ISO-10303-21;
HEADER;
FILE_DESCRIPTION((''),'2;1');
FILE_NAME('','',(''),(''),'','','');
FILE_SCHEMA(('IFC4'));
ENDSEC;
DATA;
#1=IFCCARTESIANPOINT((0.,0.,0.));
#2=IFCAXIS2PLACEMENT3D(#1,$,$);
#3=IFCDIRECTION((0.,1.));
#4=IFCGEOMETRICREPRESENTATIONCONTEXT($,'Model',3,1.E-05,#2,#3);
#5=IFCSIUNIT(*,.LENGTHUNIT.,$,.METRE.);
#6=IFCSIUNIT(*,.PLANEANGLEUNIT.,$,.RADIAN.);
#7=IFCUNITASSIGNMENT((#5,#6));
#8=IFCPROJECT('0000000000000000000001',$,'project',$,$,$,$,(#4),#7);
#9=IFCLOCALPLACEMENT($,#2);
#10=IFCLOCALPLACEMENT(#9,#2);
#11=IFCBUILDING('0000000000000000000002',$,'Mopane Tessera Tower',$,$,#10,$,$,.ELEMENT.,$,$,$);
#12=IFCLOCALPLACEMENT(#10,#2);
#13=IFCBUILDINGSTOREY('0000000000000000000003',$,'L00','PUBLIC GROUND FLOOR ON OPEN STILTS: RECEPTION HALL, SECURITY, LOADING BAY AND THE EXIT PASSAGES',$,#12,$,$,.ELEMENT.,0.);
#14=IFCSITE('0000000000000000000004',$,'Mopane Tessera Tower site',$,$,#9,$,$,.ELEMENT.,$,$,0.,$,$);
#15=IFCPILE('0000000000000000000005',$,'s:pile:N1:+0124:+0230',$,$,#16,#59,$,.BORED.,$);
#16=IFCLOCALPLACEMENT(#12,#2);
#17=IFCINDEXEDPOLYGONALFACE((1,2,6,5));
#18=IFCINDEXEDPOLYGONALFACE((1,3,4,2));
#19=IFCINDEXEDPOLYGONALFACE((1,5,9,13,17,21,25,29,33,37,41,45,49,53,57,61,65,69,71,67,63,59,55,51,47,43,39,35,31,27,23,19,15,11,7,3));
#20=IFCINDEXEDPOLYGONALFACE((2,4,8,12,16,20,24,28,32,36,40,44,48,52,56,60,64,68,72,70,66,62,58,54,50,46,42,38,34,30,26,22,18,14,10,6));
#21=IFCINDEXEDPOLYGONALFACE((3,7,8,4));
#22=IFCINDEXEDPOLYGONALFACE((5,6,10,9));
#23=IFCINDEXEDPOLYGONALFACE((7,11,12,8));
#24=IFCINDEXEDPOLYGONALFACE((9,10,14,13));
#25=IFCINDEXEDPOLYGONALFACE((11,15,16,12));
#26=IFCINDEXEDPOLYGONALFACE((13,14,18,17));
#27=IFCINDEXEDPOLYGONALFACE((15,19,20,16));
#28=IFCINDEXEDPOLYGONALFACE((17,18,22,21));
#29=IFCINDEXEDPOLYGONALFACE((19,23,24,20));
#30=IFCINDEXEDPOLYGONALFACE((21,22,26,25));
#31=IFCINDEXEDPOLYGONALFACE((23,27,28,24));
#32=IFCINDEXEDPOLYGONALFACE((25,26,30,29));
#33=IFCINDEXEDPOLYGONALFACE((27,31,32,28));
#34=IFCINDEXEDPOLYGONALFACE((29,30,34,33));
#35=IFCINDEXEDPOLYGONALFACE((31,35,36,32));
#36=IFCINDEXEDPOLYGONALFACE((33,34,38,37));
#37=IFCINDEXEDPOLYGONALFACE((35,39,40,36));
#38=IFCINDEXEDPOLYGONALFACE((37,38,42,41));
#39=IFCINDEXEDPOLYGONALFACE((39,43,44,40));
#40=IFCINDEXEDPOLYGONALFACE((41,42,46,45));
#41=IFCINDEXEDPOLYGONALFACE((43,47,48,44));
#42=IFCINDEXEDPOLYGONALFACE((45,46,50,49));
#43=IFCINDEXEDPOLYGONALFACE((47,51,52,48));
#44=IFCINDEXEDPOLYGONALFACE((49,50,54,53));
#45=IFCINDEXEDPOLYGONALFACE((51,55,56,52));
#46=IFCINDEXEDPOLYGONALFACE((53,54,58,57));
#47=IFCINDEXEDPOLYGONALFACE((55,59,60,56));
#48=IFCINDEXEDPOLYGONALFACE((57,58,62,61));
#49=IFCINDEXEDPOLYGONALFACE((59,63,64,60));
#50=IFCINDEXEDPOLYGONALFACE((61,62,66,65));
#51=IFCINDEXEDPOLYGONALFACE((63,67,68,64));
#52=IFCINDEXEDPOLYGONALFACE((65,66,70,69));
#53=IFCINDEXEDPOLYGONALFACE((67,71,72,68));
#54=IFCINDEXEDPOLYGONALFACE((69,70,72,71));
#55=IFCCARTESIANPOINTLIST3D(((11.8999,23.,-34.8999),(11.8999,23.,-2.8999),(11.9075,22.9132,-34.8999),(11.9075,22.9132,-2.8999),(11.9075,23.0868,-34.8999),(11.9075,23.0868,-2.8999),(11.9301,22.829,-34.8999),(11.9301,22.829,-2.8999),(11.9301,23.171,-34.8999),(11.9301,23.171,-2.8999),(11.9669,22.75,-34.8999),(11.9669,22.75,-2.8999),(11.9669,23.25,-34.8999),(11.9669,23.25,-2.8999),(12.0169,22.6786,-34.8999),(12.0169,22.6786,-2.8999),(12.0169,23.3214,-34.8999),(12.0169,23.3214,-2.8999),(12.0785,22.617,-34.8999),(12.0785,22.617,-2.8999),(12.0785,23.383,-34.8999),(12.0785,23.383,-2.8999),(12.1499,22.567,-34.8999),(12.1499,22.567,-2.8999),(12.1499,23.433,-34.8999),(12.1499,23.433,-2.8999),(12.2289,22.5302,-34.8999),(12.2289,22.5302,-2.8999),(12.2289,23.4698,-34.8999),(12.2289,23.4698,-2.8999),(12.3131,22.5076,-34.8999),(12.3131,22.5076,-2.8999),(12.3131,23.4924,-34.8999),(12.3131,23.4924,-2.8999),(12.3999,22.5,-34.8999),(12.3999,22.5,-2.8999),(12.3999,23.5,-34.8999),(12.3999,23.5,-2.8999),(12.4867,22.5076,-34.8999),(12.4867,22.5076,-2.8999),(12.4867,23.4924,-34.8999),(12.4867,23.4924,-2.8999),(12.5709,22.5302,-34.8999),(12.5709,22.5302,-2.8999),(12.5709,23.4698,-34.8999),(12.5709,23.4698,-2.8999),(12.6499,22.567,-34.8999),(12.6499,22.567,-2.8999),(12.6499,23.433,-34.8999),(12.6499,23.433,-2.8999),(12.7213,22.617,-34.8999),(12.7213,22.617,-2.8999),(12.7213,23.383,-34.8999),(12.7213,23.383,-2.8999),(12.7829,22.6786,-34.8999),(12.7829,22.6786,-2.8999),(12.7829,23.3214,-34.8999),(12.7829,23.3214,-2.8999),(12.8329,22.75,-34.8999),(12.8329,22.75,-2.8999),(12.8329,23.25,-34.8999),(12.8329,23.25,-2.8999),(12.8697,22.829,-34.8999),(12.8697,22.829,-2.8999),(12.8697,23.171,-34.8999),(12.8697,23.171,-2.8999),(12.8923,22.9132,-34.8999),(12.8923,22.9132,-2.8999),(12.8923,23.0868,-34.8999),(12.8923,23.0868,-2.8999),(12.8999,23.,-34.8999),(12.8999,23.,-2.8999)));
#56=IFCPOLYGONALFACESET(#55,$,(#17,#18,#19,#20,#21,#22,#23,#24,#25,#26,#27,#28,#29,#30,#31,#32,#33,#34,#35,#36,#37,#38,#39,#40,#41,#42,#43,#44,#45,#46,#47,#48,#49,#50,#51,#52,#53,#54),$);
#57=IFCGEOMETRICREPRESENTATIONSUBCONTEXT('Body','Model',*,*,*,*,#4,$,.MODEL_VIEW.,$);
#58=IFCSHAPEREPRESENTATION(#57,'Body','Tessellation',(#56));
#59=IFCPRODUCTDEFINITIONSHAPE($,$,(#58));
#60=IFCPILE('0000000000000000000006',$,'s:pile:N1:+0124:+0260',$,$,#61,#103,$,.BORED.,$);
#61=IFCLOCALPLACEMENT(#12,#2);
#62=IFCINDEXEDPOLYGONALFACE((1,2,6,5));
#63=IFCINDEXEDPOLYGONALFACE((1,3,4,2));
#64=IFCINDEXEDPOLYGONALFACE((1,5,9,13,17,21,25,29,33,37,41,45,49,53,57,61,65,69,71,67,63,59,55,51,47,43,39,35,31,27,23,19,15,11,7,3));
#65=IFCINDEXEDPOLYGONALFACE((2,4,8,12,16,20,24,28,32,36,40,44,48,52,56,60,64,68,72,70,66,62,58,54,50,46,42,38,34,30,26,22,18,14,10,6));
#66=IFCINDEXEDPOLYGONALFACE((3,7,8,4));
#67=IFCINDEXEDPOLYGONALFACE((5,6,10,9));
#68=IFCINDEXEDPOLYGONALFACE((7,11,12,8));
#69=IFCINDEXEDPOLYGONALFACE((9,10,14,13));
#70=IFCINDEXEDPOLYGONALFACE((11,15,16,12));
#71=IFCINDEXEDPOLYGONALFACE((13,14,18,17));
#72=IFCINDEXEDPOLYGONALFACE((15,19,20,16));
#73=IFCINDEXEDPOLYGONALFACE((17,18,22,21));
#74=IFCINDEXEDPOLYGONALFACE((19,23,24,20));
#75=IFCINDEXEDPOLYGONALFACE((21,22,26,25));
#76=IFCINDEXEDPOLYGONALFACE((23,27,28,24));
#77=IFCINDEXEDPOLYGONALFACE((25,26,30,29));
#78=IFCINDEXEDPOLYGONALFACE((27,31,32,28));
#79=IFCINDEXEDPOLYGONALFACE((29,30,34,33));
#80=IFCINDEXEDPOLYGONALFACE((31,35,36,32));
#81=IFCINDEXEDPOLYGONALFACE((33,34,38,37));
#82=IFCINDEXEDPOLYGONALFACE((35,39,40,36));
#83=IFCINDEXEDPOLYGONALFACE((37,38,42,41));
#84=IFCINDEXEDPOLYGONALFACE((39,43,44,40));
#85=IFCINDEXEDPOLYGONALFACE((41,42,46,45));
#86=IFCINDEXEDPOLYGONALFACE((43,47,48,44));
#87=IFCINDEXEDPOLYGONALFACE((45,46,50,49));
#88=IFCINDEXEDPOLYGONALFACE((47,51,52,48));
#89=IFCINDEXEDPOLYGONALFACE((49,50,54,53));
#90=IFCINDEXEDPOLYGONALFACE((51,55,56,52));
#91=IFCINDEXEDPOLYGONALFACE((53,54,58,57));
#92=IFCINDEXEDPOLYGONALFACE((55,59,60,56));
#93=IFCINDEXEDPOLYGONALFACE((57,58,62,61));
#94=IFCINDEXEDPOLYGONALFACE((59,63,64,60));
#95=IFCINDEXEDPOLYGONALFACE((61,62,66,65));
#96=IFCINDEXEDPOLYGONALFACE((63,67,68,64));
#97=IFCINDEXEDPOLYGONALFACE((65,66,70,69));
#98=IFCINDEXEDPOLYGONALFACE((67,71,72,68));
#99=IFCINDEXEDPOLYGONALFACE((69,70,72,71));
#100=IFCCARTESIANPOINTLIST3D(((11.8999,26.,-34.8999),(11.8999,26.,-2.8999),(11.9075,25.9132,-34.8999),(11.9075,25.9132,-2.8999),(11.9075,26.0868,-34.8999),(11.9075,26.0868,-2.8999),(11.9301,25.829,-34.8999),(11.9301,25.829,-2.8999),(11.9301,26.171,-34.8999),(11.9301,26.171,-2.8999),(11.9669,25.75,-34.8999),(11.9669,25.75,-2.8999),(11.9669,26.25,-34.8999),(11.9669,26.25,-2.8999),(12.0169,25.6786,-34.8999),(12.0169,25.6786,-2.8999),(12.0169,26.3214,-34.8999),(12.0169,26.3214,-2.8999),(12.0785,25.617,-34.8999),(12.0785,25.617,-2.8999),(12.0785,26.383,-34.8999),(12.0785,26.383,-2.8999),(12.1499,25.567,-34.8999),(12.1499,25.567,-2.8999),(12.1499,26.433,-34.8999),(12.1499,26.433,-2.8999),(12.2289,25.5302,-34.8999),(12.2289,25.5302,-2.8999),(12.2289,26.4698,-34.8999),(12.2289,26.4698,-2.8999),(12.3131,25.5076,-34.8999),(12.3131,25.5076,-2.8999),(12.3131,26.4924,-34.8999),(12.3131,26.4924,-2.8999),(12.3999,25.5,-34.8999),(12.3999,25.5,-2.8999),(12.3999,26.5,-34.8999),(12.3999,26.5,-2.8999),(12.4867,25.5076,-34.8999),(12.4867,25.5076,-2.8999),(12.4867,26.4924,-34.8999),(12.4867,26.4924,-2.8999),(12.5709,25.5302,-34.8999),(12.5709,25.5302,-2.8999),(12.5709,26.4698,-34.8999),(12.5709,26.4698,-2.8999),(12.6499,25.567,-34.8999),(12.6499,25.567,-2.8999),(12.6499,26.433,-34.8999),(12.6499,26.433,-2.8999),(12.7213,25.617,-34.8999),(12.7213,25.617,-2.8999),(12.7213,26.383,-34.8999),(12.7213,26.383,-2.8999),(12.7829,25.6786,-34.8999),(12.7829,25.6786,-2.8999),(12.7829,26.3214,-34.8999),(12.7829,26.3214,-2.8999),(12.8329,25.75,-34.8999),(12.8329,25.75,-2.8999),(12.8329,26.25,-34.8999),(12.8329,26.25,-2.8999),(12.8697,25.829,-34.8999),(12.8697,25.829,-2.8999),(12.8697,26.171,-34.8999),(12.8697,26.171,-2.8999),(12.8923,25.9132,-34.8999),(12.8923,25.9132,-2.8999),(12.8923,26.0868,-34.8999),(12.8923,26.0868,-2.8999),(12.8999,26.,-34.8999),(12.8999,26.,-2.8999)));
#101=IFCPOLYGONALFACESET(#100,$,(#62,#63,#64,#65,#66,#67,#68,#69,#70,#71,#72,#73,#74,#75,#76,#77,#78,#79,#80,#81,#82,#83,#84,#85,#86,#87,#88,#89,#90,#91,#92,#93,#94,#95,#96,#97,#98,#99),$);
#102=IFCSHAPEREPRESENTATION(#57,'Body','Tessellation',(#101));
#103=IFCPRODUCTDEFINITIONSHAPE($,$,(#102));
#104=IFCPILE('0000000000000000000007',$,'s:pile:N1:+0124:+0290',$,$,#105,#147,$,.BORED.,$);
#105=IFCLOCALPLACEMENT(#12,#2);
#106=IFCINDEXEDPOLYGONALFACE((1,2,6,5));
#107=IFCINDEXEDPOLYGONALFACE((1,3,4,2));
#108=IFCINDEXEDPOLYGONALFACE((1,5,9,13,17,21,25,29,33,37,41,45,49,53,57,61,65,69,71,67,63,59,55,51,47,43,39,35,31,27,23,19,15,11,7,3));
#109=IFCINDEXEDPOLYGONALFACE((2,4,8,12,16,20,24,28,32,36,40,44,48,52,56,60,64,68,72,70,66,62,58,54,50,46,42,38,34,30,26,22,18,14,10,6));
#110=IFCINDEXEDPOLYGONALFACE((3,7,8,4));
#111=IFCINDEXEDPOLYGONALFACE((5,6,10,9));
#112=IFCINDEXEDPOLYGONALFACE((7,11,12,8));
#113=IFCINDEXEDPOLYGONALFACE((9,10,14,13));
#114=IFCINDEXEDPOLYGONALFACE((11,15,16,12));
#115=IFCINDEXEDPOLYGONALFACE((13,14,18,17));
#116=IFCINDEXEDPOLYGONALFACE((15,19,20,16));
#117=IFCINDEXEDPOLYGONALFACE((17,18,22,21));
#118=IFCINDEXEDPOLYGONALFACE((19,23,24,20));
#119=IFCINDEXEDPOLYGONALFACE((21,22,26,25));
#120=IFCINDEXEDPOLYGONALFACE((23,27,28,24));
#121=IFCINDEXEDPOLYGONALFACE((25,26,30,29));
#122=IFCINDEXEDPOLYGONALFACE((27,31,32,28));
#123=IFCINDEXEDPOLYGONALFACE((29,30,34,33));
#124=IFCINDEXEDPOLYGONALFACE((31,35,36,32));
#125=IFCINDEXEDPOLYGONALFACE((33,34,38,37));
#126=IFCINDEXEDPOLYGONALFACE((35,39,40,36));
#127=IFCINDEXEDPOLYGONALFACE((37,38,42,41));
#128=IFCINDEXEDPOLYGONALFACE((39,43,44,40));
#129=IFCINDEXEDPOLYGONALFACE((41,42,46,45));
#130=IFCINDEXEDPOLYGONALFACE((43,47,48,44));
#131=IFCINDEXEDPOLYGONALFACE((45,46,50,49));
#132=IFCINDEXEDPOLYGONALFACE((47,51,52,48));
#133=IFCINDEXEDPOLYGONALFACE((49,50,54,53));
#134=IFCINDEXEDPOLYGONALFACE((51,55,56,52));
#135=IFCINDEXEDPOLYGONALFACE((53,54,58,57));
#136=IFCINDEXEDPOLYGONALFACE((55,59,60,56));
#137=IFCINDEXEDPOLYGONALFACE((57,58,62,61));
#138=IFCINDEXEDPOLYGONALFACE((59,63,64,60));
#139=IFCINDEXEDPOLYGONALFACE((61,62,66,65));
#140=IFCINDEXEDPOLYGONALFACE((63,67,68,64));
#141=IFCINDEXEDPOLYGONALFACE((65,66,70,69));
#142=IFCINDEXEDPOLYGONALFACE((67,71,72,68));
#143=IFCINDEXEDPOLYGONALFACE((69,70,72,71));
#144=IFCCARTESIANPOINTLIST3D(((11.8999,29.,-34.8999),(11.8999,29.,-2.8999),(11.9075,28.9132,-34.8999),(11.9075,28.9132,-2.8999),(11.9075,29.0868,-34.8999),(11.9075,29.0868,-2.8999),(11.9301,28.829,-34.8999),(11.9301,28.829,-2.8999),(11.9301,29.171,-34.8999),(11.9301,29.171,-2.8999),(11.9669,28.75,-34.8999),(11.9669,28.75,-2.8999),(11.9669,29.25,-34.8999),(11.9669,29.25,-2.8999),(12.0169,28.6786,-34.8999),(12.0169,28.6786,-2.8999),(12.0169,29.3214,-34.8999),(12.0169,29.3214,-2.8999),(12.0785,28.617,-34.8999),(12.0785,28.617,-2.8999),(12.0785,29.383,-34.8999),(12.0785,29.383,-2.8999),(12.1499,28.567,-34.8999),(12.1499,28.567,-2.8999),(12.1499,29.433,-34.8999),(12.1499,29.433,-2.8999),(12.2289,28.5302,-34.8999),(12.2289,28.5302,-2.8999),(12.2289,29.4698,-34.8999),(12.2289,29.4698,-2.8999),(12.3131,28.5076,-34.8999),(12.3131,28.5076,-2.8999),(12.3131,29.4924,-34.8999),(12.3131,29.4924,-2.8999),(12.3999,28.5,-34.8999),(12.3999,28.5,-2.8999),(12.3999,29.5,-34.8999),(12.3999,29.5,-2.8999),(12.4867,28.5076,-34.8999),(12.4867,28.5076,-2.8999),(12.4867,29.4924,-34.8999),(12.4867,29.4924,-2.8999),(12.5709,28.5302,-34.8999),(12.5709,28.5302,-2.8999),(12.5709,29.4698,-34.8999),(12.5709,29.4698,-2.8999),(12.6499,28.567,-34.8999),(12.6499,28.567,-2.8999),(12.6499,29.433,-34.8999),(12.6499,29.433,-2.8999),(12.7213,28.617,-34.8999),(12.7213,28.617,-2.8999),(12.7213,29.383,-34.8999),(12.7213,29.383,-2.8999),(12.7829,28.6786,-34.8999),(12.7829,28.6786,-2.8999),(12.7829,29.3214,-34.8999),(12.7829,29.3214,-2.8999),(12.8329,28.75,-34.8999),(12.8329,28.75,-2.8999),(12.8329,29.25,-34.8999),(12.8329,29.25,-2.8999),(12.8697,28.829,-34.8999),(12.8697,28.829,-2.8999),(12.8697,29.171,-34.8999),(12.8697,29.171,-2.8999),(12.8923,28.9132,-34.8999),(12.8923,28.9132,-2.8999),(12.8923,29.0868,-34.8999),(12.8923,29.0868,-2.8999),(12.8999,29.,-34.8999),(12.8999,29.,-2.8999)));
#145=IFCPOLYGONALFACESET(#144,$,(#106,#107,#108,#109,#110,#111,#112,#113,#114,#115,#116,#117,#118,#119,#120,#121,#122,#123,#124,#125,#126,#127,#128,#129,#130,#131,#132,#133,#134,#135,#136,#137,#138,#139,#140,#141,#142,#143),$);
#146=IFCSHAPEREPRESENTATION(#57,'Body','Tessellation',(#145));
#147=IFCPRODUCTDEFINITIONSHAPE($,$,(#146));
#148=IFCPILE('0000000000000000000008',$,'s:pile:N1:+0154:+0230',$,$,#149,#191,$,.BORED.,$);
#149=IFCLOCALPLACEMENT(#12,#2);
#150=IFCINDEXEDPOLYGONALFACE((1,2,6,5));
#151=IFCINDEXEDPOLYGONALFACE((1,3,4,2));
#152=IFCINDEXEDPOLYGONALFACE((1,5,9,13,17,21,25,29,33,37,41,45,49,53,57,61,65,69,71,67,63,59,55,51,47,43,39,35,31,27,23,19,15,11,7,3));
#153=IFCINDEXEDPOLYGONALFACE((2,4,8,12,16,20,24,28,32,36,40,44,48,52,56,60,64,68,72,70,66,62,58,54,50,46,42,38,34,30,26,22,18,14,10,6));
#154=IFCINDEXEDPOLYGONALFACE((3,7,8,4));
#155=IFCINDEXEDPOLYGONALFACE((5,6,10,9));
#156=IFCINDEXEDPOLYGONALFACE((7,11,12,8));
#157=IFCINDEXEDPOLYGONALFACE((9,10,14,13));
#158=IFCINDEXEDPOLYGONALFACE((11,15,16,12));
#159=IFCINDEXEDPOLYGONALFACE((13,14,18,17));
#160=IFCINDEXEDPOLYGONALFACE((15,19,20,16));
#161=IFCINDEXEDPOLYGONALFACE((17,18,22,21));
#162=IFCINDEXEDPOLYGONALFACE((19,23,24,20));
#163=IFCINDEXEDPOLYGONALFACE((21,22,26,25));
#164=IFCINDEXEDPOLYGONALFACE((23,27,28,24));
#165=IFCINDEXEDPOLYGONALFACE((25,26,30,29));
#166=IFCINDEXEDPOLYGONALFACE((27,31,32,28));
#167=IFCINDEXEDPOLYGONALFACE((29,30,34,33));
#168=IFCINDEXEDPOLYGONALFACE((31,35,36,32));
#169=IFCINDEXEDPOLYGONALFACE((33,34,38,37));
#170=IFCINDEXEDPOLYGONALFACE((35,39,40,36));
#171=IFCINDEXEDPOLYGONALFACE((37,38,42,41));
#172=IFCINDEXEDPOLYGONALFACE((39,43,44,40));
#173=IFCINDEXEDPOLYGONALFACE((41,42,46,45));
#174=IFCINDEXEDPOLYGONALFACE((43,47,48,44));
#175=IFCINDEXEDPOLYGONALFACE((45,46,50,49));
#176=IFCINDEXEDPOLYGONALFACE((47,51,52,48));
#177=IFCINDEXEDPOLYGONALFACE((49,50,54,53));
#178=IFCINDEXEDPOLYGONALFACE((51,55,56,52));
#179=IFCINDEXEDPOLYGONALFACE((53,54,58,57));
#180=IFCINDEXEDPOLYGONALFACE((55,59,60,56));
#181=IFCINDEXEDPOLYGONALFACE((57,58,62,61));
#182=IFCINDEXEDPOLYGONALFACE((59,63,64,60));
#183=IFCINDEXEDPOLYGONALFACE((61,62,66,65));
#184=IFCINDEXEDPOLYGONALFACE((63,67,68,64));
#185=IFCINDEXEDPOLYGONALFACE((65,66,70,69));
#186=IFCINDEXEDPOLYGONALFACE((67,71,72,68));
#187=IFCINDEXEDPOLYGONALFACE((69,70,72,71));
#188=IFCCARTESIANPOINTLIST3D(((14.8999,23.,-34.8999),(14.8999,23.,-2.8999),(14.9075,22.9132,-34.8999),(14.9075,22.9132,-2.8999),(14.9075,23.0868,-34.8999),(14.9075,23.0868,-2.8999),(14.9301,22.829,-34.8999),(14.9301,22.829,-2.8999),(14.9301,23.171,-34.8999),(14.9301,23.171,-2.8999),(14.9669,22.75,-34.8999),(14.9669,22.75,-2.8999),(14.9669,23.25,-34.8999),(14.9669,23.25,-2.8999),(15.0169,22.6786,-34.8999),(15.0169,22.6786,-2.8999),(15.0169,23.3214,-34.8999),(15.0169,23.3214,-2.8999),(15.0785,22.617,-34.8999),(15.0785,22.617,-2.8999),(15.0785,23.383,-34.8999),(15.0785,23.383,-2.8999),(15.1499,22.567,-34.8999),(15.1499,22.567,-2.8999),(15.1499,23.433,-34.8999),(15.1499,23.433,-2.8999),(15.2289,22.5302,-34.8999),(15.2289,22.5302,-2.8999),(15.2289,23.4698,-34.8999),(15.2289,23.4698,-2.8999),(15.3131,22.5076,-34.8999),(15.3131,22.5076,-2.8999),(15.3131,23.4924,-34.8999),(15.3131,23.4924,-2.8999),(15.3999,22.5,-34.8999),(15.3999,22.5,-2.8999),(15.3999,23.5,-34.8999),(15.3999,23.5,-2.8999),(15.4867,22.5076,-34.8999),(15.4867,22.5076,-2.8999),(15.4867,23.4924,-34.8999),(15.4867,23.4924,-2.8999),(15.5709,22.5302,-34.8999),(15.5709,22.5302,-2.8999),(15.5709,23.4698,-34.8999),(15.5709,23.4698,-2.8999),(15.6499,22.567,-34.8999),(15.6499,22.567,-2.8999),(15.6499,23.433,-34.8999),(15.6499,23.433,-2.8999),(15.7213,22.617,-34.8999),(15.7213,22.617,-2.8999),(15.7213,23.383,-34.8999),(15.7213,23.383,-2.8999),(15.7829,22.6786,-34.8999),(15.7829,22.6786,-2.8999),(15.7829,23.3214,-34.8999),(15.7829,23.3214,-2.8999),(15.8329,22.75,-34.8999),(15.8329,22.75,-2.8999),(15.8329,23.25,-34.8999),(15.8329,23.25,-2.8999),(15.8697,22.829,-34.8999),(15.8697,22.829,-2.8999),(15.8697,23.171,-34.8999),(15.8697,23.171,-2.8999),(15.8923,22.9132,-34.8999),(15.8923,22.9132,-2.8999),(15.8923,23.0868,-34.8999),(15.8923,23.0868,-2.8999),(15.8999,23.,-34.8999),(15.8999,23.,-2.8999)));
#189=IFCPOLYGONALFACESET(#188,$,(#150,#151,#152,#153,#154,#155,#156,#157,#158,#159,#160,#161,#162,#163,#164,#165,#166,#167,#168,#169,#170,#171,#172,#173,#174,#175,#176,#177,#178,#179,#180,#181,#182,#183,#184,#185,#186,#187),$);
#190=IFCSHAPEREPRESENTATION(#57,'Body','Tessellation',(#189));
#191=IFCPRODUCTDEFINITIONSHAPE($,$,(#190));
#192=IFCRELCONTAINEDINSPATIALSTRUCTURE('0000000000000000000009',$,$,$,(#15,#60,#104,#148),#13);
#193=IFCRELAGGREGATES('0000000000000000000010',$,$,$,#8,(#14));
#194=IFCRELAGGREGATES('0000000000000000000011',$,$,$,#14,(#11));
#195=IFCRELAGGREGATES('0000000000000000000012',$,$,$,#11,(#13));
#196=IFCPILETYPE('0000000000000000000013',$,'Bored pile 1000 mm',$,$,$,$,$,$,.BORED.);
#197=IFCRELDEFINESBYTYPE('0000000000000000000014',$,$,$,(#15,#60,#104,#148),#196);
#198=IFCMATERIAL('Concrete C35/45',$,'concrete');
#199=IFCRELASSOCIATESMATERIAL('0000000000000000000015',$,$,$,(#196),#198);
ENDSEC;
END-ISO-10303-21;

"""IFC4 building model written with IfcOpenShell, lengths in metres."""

from ifc_helpers import new_model, si_unit, direction, frame, origin, origin_2d, place, context, subcontext, project, spatial, circle, extrude, material, material_profile, profile_set, type_object, element, save


model = new_model("IFC4")

# Units and contexts
model_context = context("Model", 3, precision=1e-05, world=origin(), true_north=direction((0.0, 1.0)))
body_context = subcontext(model_context, "Body", "Model", "MODEL_VIEW")
ifc_project = project(units=[si_unit("LENGTHUNIT", "METRE"), si_unit("PLANEANGLEUNIT", "RADIAN")], contexts=[model_context])

# Site, building, storey
site_placement = place(None, origin())
site = spatial("IfcSite", under=ifc_project, at=site_placement, Name="Mopane Tessera Tower site", CompositionType="ELEMENT", RefElevation=0.0)
building_placement = place(site_placement, origin())
building = spatial("IfcBuilding", under=site, at=building_placement, Name="Mopane Tessera Tower", CompositionType="ELEMENT")
storey_placement = place(building_placement, origin())
storey = spatial("IfcBuildingStorey", under=building, at=storey_placement, Name="L00", Description="PUBLIC GROUND FLOOR ON OPEN STILTS: RECEPTION HALL, SECURITY, LOADING BAY AND THE EXIT PASSAGES", CompositionType="ELEMENT", Elevation=0.0)

# Piles
ifc_material_1 = material(Name="Concrete C35/45", Category="concrete")
ifc_material_profile_1 = material_profile(ifc_material_1, circle(Radius=0.5, at=origin_2d()))
ifc_profile_set_1 = profile_set([ifc_material_profile_1], Name="Concrete C35/45")
pile_type_1 = type_object("IfcPileType", Name="Bored pile 1000 mm", PredefinedType="BORED", material=ifc_profile_set_1)
for number, where, z_axis, x_axis, name in (
    (1, (12.3999, 23.0, -2.8999), (0.0, 0.0, -1.0), (1.0, 0.0, 0.0), "s:pile:N1:+0124:+0230"),
    (2, (12.3999, 26.0, -2.8999), (0.0, 0.0, -1.0), (1.0, 0.0, 0.0), "s:pile:N1:+0124:+0260"),
    (3, (12.3999, 29.0, -2.8999), (0.0, 0.0, -1.0), (1.0, 0.0, 0.0), "s:pile:N1:+0124:+0290"),
    (4, (15.3999, 23.0, -2.8999), (0.0, 0.0, -1.0), (1.0, 0.0, 0.0), "s:pile:N1:+0154:+0230"),
):
    element("IfcPile", number, at=place(storey_placement, frame(where, z_axis=z_axis, x_axis=x_axis)), inside=storey, type_object=pile_type_1, Name=name, PredefinedType="BORED", context=body_context, shape_type="SweptSolid", body=[
        extrude(circle(Radius=0.5, at=origin_2d()), origin(), (0.0, 0.0, 1.0), 32.0),
    ])

save(model, "model.ifc")
